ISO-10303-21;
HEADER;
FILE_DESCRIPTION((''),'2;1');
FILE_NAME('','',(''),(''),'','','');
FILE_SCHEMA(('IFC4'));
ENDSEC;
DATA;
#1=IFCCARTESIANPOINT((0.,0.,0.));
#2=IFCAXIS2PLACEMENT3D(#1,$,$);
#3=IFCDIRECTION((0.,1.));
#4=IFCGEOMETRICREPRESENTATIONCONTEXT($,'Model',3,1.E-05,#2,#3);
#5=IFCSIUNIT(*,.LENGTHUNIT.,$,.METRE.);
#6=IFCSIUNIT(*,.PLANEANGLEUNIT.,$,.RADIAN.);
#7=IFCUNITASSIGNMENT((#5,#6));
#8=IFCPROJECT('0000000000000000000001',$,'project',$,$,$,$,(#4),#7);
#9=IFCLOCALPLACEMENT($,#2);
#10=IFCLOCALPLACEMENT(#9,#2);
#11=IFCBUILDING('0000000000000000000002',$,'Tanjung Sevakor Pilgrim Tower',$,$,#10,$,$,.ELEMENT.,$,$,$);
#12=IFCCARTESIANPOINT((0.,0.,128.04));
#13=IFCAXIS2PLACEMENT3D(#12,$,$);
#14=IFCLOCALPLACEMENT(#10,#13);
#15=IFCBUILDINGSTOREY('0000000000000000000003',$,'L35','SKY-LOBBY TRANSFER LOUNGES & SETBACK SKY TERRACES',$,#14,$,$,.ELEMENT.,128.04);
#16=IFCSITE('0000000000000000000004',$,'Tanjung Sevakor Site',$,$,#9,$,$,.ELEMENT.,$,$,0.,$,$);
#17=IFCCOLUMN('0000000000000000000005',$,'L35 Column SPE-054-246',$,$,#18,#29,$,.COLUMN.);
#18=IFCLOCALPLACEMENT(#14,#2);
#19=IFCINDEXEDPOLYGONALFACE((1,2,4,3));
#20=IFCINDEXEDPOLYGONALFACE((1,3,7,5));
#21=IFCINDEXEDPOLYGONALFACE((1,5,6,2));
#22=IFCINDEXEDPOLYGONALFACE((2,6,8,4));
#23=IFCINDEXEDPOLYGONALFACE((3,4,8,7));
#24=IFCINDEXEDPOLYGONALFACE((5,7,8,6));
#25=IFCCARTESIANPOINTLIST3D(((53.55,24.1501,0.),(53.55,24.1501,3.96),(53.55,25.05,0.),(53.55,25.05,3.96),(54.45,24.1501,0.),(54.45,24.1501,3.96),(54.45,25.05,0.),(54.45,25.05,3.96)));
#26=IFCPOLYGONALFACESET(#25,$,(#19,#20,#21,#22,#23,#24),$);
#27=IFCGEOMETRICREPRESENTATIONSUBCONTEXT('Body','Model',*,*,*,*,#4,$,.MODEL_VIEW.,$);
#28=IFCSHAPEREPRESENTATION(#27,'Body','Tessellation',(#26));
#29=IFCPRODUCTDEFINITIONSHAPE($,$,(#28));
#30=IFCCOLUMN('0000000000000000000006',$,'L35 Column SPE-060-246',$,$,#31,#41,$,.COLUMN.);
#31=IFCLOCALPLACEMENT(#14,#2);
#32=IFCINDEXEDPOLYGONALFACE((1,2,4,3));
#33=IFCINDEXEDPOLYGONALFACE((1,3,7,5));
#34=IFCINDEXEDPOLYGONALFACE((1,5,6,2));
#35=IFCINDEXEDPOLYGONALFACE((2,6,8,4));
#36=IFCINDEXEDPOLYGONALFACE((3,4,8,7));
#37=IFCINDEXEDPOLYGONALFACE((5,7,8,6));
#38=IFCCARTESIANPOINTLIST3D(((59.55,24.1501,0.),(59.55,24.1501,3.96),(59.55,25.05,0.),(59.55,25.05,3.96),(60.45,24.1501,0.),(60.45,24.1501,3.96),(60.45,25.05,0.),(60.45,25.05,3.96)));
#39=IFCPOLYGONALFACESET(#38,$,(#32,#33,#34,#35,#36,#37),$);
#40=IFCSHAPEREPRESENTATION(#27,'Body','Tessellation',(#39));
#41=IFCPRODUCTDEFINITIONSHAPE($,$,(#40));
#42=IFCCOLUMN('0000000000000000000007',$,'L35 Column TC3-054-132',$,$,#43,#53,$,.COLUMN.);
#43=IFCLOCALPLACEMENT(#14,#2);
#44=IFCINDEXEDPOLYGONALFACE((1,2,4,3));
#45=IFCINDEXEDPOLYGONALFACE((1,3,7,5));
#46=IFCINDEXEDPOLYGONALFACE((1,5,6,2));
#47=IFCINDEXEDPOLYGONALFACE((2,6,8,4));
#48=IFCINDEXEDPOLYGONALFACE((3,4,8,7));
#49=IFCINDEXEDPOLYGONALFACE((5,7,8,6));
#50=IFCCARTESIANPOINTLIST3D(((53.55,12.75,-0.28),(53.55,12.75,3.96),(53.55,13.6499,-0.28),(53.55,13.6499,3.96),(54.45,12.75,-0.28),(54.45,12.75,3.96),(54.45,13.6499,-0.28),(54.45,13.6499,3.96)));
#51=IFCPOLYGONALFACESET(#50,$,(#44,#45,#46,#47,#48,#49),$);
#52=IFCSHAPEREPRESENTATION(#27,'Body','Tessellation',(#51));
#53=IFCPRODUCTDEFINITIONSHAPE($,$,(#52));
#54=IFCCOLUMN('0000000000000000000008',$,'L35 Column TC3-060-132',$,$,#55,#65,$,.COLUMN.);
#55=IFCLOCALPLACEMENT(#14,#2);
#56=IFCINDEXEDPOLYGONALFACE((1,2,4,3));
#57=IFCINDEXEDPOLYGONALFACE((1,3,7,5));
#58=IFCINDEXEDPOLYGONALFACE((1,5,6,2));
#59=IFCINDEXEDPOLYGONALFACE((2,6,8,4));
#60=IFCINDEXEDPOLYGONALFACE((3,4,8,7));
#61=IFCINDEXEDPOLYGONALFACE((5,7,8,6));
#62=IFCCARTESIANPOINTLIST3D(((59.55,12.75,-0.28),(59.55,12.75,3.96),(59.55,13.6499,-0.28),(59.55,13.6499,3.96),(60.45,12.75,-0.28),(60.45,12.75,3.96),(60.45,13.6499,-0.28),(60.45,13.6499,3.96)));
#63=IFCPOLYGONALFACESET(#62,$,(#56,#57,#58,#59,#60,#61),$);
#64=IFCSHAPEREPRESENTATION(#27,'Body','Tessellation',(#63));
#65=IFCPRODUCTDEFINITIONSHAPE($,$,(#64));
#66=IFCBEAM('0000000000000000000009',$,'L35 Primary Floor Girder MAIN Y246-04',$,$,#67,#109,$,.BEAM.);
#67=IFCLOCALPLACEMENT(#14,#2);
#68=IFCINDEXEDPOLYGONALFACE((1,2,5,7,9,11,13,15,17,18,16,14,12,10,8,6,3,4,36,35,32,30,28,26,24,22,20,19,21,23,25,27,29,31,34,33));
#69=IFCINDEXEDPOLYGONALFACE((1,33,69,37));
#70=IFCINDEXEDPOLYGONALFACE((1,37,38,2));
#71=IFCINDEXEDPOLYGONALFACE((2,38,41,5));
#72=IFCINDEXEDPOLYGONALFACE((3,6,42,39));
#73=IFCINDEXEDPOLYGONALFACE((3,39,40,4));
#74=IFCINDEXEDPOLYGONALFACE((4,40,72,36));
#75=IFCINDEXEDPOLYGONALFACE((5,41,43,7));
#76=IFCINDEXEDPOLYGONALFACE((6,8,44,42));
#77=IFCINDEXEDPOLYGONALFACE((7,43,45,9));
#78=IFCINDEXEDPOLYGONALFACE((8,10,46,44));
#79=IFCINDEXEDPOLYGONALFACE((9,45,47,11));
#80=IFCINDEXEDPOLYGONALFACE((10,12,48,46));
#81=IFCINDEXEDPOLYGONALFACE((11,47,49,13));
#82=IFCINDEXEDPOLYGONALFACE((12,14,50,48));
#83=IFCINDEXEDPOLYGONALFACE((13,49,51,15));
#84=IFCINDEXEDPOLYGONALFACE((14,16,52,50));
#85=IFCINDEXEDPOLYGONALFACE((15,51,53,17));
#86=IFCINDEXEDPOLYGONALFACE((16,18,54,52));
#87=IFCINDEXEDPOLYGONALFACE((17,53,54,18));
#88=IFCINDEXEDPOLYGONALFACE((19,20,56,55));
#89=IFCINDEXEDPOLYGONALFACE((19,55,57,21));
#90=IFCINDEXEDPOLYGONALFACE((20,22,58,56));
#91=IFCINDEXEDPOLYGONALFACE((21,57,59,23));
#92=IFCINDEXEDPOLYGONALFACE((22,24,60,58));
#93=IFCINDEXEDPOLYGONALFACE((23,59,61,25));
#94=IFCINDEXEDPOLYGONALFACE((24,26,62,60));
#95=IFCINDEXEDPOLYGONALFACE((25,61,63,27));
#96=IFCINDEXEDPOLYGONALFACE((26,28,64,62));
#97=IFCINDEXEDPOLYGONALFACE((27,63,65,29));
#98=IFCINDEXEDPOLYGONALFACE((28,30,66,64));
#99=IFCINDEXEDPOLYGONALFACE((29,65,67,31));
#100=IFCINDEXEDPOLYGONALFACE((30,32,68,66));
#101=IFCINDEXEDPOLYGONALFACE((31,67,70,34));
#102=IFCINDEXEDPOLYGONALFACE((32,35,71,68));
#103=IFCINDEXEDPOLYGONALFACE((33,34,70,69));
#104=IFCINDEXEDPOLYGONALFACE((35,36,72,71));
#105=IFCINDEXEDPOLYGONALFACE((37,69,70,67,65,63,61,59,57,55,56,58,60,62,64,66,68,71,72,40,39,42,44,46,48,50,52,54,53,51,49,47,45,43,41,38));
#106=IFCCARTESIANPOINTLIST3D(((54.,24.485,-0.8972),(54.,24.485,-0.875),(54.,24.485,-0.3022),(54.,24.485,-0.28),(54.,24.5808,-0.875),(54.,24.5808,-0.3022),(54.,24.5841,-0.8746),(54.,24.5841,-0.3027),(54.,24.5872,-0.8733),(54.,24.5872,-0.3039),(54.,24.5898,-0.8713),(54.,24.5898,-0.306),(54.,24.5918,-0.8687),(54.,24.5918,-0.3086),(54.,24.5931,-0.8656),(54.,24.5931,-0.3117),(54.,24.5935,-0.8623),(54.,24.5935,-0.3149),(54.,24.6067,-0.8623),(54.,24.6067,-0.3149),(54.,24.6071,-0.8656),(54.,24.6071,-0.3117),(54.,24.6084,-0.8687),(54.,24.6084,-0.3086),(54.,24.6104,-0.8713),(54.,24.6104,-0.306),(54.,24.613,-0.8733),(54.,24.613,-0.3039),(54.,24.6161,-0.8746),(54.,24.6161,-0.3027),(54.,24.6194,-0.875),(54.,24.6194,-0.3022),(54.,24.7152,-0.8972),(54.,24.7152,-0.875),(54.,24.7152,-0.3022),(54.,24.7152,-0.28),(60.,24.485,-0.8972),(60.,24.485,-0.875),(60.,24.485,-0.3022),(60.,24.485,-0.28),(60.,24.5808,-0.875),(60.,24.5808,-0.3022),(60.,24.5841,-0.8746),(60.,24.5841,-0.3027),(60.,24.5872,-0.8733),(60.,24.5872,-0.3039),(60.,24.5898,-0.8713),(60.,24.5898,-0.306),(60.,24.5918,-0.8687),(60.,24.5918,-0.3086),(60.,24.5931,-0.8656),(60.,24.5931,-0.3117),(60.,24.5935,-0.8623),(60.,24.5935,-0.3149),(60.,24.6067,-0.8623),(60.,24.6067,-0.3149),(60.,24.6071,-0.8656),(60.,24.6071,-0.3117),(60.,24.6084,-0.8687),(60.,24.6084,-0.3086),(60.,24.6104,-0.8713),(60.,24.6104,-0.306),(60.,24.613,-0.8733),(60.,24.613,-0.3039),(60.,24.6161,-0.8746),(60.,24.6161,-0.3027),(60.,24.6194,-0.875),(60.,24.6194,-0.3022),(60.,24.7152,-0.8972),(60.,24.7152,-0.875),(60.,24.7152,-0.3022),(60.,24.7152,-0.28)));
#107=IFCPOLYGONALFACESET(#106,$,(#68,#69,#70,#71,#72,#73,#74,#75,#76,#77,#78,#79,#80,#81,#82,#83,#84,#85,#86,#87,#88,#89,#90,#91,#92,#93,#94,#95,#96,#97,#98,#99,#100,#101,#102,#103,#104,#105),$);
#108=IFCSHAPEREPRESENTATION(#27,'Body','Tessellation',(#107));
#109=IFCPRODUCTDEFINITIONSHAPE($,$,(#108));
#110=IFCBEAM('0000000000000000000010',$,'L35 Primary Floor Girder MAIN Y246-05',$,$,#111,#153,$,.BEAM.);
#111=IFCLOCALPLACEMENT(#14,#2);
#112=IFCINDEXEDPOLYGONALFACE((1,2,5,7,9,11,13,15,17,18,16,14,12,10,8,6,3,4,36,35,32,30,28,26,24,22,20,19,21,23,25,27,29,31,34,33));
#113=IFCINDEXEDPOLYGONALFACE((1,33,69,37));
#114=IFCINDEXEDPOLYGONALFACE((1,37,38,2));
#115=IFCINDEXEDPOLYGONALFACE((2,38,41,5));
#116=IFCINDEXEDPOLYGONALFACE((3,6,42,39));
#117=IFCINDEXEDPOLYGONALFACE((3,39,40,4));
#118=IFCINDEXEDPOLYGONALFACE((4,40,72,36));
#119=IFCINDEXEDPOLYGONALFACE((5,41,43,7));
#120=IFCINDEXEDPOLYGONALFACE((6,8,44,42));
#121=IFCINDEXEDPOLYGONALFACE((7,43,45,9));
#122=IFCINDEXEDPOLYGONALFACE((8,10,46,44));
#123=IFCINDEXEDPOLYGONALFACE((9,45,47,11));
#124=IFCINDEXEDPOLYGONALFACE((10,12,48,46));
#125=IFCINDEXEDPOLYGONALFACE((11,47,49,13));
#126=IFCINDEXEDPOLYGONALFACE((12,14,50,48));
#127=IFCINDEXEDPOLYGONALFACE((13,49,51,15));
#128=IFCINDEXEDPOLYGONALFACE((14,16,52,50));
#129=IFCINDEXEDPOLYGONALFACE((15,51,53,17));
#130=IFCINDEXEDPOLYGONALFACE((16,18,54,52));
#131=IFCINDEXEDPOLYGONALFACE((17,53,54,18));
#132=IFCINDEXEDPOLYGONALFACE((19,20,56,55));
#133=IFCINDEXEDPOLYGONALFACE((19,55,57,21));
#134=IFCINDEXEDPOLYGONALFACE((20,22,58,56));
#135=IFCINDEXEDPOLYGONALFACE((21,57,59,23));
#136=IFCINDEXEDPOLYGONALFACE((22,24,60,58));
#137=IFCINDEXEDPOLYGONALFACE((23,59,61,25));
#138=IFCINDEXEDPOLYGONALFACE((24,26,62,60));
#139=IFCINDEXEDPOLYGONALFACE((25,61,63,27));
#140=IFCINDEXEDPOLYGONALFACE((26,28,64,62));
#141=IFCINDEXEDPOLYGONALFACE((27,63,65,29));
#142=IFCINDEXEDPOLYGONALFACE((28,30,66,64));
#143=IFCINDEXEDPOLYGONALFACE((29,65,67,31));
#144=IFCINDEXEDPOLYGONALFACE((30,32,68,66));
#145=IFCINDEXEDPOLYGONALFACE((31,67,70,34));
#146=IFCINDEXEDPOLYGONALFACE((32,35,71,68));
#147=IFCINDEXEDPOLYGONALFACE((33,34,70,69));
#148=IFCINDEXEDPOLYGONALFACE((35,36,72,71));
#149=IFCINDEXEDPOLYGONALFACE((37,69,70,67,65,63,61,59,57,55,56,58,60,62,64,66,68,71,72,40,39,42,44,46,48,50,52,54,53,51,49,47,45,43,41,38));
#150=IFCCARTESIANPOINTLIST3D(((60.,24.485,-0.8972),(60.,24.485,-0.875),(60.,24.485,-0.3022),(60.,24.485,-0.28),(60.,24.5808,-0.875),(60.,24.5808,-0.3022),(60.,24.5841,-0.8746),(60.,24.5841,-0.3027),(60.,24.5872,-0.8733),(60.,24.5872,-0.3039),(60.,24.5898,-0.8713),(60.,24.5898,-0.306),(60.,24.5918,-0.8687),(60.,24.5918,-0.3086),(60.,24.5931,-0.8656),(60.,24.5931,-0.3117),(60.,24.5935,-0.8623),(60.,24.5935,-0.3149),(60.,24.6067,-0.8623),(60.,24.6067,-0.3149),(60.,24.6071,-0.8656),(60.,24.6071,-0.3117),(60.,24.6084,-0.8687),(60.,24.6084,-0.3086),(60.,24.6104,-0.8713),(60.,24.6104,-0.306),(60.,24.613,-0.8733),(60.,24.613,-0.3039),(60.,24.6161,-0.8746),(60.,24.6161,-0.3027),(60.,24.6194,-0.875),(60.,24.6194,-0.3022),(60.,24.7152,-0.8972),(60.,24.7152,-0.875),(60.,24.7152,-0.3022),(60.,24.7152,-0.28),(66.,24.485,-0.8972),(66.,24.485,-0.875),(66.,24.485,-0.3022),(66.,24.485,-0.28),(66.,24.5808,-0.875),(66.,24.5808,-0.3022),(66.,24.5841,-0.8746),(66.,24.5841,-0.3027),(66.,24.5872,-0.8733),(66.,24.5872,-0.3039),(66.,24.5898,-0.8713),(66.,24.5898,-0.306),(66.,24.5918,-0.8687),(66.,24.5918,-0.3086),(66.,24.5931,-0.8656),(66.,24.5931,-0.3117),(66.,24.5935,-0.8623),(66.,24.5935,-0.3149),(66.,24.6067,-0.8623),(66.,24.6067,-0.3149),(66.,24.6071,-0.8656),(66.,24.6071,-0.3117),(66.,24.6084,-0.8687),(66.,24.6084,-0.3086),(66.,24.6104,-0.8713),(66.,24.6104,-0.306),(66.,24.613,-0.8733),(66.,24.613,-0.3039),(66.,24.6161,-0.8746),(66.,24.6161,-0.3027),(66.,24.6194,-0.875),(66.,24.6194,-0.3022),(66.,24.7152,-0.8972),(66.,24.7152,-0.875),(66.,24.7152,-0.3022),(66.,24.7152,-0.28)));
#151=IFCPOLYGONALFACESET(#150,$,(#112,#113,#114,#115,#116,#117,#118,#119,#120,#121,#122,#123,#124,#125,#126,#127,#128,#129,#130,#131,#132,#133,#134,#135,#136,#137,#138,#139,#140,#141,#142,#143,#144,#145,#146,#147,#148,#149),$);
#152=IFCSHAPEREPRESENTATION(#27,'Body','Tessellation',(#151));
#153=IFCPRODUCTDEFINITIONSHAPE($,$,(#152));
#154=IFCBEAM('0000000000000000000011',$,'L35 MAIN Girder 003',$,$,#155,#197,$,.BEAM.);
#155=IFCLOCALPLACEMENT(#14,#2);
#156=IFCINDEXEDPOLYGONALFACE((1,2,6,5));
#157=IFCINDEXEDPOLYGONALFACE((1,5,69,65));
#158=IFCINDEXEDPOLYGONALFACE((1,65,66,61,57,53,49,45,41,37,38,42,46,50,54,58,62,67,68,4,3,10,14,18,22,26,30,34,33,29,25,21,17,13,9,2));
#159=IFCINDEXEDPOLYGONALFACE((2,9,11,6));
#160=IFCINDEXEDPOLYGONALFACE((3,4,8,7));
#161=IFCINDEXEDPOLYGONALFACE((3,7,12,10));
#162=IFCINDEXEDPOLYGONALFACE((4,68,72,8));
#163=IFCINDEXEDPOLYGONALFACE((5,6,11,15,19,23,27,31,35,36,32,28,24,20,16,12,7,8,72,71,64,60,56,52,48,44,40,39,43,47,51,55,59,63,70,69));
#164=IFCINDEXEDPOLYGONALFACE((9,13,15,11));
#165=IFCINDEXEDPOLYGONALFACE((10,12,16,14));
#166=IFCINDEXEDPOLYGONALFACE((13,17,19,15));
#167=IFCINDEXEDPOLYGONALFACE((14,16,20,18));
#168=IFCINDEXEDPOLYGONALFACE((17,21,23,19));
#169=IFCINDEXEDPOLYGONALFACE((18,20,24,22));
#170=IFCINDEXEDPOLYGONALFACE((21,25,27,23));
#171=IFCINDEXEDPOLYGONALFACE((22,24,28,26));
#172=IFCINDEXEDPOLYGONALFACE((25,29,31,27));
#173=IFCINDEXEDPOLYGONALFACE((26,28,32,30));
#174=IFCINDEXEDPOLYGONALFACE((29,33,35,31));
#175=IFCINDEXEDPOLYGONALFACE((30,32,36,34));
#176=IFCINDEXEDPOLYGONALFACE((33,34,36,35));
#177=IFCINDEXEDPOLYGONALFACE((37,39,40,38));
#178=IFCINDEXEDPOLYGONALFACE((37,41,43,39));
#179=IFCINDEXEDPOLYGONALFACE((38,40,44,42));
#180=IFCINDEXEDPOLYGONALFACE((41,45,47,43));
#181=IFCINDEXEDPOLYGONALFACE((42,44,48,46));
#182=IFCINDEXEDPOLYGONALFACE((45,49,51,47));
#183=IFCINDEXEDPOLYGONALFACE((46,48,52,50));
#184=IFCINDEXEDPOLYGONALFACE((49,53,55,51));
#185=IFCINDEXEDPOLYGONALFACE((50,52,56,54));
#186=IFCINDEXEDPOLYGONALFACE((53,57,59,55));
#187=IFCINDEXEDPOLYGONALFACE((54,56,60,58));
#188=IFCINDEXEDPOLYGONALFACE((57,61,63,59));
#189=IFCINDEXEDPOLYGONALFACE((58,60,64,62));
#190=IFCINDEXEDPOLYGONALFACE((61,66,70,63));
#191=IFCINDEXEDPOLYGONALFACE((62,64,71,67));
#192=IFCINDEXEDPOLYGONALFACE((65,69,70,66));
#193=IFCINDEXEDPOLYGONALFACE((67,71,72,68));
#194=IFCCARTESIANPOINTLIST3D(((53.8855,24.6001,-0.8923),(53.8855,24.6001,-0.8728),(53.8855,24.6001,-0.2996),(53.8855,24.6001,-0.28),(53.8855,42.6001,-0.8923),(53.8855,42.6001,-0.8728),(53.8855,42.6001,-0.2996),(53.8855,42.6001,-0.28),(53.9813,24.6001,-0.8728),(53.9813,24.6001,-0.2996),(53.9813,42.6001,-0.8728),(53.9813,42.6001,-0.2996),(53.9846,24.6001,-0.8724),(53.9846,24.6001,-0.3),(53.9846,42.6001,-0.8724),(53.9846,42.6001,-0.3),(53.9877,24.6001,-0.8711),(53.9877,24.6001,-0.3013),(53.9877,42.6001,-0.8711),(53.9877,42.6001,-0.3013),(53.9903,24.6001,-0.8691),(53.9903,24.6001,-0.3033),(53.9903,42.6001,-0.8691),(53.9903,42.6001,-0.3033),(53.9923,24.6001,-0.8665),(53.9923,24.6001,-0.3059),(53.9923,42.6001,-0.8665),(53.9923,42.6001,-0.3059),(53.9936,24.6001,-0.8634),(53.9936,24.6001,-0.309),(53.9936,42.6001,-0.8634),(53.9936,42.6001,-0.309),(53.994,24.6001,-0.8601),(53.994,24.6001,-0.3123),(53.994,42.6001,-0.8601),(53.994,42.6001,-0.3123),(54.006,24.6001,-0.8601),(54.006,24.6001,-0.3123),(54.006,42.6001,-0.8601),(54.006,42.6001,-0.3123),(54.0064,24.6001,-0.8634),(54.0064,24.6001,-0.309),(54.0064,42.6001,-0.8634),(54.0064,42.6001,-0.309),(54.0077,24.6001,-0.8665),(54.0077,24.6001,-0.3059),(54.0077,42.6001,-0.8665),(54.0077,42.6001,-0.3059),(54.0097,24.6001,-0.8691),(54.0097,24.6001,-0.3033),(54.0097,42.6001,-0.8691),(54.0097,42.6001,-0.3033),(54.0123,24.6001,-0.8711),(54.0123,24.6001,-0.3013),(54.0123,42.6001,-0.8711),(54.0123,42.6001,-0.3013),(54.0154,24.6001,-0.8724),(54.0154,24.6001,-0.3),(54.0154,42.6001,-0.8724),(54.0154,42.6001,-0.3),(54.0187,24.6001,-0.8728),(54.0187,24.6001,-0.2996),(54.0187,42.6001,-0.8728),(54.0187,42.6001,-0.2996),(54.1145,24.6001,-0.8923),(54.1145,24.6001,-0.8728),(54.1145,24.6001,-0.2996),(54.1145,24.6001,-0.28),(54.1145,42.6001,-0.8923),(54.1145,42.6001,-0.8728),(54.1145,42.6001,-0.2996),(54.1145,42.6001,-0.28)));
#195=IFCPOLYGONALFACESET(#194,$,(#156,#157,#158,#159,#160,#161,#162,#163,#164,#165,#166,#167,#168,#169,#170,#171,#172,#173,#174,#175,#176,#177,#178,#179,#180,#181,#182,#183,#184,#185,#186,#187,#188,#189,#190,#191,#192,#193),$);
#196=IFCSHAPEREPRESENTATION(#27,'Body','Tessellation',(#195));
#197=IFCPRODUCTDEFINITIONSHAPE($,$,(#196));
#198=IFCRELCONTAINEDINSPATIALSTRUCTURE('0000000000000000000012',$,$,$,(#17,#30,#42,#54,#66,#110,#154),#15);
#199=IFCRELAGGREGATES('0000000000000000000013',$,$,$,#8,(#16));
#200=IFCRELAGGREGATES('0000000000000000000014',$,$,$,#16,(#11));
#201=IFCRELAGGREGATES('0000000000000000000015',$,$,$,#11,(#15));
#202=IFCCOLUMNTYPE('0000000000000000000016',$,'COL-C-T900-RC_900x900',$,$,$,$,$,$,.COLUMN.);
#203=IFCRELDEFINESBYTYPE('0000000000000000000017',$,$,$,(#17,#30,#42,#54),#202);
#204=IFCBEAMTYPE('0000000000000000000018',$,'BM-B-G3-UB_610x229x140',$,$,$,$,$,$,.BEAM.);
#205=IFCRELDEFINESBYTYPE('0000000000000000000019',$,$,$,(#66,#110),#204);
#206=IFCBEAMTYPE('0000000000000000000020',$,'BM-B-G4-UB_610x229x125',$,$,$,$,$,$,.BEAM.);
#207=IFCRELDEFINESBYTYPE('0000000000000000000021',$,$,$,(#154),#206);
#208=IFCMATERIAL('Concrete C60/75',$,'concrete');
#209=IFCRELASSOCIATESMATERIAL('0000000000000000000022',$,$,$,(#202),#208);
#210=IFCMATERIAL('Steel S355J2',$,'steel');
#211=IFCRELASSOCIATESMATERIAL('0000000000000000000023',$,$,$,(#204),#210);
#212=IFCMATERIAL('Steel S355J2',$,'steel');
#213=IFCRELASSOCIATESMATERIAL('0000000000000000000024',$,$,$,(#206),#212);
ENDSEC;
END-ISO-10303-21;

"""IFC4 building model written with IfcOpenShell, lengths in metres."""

from ifc_helpers import new_model, si_unit, direction, frame, origin, origin_2d, place, context, subcontext, project, spatial, rectangle, i_section, extrude, material, material_profile, profile_set, type_object, element, save


model = new_model("IFC4")

# Units and contexts
model_context = context("Model", 3, precision=1e-05, world=origin(), true_north=direction((0.0, 1.0)))
body_context = subcontext(model_context, "Body", "Model", "MODEL_VIEW")
ifc_project = project(units=[si_unit("LENGTHUNIT", "METRE"), si_unit("PLANEANGLEUNIT", "RADIAN")], contexts=[model_context])

# Site, building, storey
site_placement = place(None, origin())
site = spatial("IfcSite", under=ifc_project, at=site_placement, Name="Tanjung Sevakor Site", CompositionType="ELEMENT", RefElevation=0.0)
building_placement = place(site_placement, origin())
building = spatial("IfcBuilding", under=site, at=building_placement, Name="Tanjung Sevakor Pilgrim Tower", CompositionType="ELEMENT")
storey_placement = place(building_placement, frame((0.0, 0.0, 128.04)))
storey = spatial("IfcBuildingStorey", under=building, at=storey_placement, Name="L35", Description="SKY-LOBBY TRANSFER LOUNGES & SETBACK SKY TERRACES", CompositionType="ELEMENT", Elevation=128.04)

# Columns
ifc_material_1 = material(Name="Concrete C60/75", Category="concrete")
ifc_material_profile_1 = material_profile(ifc_material_1, rectangle(XDim=0.8999, YDim=0.8999, at=origin_2d()))
ifc_profile_set_1 = profile_set([ifc_material_profile_1], Name="Concrete C60/75")
column_type = type_object("IfcColumnType", Name="COL-C-T900-RC_900x900", PredefinedType="COLUMN", material=ifc_profile_set_1)
for number, where, z_axis, x_axis, name in (
    (1, (54.0, 24.6001, 0.0), (0.0, 0.0, 1.0), (1.0, 0.0, 0.0), "L35 Column SPE-054-246"),
    (2, (60.0, 24.6001, 0.0), (0.0, 0.0, 1.0), (1.0, 0.0, 0.0), "L35 Column SPE-060-246"),
):
    element("IfcColumn", number, at=place(storey_placement, frame(where, z_axis=z_axis, x_axis=x_axis)), inside=storey, type_object=column_type, Name=name, PredefinedType="COLUMN", context=body_context, shape_type="SweptSolid", body=[
        extrude(rectangle(XDim=0.8999, YDim=0.8999, at=origin_2d()), origin(), (0.0, 0.0, 1.0), 3.96),
    ])
for number, where, z_axis, x_axis, name in (
    (3, (54.0, 13.2, -0.28), (0.0, 0.0, 1.0), (1.0, 0.0, 0.0), "L35 Column TC3-054-132"),
    (4, (60.0, 13.2, -0.28), (0.0, 0.0, 1.0), (1.0, 0.0, 0.0), "L35 Column TC3-060-132"),
):
    element("IfcColumn", number, at=place(storey_placement, frame(where, z_axis=z_axis, x_axis=x_axis)), inside=storey, type_object=column_type, Name=name, PredefinedType="COLUMN", context=body_context, shape_type="SweptSolid", body=[
        extrude(rectangle(XDim=0.8999, YDim=0.8999, at=origin_2d()), origin(), (0.0, 0.0, 1.0), 4.24),
    ])

# Beams
ifc_material_2 = material(Name="Steel S355J2", Category="steel")
ifc_material_profile_2 = material_profile(ifc_material_2, i_section(OverallWidth=0.2302, OverallDepth=0.6172, WebThickness=0.0132, FlangeThickness=0.0222, FilletRadius=0.0127, at=origin_2d()))
ifc_profile_set_2 = profile_set([ifc_material_profile_2], Name="Steel S355J2")
beam_type_1 = type_object("IfcBeamType", Name="BM-B-G3-UB_610x229x140", PredefinedType="BEAM", material=ifc_profile_set_2)
for number, where, z_axis, x_axis, name in (
    (5, (54.0, 24.6001, -0.5886), (1.0, 0.0, 0.0), (0.0, 1.0, 0.0), "L35 Primary Floor Girder MAIN Y246-04"),
    (6, (60.0, 24.6001, -0.5886), (1.0, 0.0, 0.0), (0.0, 1.0, 0.0), "L35 Primary Floor Girder MAIN Y246-05"),
):
    element("IfcBeam", number, at=place(storey_placement, frame(where, z_axis=z_axis, x_axis=x_axis)), inside=storey, type_object=beam_type_1, Name=name, PredefinedType="BEAM", context=body_context, shape_type="SweptSolid", body=[
        extrude(i_section(OverallWidth=0.2302, OverallDepth=0.6172, WebThickness=0.0132, FlangeThickness=0.0222, FilletRadius=0.0127, at=origin_2d()), origin(), (0.0, 0.0, 1.0), 6.0),
    ])
ifc_material_3 = material(Name="Steel S355J2", Category="steel")
ifc_material_profile_3 = material_profile(ifc_material_3, i_section(OverallWidth=0.229, OverallDepth=0.6123, WebThickness=0.012, FlangeThickness=0.0195, FilletRadius=0.0127, at=origin_2d()))
ifc_profile_set_3 = profile_set([ifc_material_profile_3], Name="Steel S355J2")
beam_type_2 = type_object("IfcBeamType", Name="BM-B-G4-UB_610x229x125", PredefinedType="BEAM", material=ifc_profile_set_3)
for number, where, z_axis, x_axis, name in (
    (7, (54.0, 24.6001, -0.5862), (0.0, 1.0, 0.0), (-1.0, 0.0, 0.0), "L35 MAIN Girder 003"),
):
    element("IfcBeam", number, at=place(storey_placement, frame(where, z_axis=z_axis, x_axis=x_axis)), inside=storey, type_object=beam_type_2, Name=name, PredefinedType="BEAM", context=body_context, shape_type="SweptSolid", body=[
        extrude(i_section(OverallWidth=0.229, OverallDepth=0.6123, WebThickness=0.012, FlangeThickness=0.0195, FilletRadius=0.0127, at=origin_2d()), origin(), (0.0, 0.0, 1.0), 18.0),
    ])

save(model, "model.ifc")
